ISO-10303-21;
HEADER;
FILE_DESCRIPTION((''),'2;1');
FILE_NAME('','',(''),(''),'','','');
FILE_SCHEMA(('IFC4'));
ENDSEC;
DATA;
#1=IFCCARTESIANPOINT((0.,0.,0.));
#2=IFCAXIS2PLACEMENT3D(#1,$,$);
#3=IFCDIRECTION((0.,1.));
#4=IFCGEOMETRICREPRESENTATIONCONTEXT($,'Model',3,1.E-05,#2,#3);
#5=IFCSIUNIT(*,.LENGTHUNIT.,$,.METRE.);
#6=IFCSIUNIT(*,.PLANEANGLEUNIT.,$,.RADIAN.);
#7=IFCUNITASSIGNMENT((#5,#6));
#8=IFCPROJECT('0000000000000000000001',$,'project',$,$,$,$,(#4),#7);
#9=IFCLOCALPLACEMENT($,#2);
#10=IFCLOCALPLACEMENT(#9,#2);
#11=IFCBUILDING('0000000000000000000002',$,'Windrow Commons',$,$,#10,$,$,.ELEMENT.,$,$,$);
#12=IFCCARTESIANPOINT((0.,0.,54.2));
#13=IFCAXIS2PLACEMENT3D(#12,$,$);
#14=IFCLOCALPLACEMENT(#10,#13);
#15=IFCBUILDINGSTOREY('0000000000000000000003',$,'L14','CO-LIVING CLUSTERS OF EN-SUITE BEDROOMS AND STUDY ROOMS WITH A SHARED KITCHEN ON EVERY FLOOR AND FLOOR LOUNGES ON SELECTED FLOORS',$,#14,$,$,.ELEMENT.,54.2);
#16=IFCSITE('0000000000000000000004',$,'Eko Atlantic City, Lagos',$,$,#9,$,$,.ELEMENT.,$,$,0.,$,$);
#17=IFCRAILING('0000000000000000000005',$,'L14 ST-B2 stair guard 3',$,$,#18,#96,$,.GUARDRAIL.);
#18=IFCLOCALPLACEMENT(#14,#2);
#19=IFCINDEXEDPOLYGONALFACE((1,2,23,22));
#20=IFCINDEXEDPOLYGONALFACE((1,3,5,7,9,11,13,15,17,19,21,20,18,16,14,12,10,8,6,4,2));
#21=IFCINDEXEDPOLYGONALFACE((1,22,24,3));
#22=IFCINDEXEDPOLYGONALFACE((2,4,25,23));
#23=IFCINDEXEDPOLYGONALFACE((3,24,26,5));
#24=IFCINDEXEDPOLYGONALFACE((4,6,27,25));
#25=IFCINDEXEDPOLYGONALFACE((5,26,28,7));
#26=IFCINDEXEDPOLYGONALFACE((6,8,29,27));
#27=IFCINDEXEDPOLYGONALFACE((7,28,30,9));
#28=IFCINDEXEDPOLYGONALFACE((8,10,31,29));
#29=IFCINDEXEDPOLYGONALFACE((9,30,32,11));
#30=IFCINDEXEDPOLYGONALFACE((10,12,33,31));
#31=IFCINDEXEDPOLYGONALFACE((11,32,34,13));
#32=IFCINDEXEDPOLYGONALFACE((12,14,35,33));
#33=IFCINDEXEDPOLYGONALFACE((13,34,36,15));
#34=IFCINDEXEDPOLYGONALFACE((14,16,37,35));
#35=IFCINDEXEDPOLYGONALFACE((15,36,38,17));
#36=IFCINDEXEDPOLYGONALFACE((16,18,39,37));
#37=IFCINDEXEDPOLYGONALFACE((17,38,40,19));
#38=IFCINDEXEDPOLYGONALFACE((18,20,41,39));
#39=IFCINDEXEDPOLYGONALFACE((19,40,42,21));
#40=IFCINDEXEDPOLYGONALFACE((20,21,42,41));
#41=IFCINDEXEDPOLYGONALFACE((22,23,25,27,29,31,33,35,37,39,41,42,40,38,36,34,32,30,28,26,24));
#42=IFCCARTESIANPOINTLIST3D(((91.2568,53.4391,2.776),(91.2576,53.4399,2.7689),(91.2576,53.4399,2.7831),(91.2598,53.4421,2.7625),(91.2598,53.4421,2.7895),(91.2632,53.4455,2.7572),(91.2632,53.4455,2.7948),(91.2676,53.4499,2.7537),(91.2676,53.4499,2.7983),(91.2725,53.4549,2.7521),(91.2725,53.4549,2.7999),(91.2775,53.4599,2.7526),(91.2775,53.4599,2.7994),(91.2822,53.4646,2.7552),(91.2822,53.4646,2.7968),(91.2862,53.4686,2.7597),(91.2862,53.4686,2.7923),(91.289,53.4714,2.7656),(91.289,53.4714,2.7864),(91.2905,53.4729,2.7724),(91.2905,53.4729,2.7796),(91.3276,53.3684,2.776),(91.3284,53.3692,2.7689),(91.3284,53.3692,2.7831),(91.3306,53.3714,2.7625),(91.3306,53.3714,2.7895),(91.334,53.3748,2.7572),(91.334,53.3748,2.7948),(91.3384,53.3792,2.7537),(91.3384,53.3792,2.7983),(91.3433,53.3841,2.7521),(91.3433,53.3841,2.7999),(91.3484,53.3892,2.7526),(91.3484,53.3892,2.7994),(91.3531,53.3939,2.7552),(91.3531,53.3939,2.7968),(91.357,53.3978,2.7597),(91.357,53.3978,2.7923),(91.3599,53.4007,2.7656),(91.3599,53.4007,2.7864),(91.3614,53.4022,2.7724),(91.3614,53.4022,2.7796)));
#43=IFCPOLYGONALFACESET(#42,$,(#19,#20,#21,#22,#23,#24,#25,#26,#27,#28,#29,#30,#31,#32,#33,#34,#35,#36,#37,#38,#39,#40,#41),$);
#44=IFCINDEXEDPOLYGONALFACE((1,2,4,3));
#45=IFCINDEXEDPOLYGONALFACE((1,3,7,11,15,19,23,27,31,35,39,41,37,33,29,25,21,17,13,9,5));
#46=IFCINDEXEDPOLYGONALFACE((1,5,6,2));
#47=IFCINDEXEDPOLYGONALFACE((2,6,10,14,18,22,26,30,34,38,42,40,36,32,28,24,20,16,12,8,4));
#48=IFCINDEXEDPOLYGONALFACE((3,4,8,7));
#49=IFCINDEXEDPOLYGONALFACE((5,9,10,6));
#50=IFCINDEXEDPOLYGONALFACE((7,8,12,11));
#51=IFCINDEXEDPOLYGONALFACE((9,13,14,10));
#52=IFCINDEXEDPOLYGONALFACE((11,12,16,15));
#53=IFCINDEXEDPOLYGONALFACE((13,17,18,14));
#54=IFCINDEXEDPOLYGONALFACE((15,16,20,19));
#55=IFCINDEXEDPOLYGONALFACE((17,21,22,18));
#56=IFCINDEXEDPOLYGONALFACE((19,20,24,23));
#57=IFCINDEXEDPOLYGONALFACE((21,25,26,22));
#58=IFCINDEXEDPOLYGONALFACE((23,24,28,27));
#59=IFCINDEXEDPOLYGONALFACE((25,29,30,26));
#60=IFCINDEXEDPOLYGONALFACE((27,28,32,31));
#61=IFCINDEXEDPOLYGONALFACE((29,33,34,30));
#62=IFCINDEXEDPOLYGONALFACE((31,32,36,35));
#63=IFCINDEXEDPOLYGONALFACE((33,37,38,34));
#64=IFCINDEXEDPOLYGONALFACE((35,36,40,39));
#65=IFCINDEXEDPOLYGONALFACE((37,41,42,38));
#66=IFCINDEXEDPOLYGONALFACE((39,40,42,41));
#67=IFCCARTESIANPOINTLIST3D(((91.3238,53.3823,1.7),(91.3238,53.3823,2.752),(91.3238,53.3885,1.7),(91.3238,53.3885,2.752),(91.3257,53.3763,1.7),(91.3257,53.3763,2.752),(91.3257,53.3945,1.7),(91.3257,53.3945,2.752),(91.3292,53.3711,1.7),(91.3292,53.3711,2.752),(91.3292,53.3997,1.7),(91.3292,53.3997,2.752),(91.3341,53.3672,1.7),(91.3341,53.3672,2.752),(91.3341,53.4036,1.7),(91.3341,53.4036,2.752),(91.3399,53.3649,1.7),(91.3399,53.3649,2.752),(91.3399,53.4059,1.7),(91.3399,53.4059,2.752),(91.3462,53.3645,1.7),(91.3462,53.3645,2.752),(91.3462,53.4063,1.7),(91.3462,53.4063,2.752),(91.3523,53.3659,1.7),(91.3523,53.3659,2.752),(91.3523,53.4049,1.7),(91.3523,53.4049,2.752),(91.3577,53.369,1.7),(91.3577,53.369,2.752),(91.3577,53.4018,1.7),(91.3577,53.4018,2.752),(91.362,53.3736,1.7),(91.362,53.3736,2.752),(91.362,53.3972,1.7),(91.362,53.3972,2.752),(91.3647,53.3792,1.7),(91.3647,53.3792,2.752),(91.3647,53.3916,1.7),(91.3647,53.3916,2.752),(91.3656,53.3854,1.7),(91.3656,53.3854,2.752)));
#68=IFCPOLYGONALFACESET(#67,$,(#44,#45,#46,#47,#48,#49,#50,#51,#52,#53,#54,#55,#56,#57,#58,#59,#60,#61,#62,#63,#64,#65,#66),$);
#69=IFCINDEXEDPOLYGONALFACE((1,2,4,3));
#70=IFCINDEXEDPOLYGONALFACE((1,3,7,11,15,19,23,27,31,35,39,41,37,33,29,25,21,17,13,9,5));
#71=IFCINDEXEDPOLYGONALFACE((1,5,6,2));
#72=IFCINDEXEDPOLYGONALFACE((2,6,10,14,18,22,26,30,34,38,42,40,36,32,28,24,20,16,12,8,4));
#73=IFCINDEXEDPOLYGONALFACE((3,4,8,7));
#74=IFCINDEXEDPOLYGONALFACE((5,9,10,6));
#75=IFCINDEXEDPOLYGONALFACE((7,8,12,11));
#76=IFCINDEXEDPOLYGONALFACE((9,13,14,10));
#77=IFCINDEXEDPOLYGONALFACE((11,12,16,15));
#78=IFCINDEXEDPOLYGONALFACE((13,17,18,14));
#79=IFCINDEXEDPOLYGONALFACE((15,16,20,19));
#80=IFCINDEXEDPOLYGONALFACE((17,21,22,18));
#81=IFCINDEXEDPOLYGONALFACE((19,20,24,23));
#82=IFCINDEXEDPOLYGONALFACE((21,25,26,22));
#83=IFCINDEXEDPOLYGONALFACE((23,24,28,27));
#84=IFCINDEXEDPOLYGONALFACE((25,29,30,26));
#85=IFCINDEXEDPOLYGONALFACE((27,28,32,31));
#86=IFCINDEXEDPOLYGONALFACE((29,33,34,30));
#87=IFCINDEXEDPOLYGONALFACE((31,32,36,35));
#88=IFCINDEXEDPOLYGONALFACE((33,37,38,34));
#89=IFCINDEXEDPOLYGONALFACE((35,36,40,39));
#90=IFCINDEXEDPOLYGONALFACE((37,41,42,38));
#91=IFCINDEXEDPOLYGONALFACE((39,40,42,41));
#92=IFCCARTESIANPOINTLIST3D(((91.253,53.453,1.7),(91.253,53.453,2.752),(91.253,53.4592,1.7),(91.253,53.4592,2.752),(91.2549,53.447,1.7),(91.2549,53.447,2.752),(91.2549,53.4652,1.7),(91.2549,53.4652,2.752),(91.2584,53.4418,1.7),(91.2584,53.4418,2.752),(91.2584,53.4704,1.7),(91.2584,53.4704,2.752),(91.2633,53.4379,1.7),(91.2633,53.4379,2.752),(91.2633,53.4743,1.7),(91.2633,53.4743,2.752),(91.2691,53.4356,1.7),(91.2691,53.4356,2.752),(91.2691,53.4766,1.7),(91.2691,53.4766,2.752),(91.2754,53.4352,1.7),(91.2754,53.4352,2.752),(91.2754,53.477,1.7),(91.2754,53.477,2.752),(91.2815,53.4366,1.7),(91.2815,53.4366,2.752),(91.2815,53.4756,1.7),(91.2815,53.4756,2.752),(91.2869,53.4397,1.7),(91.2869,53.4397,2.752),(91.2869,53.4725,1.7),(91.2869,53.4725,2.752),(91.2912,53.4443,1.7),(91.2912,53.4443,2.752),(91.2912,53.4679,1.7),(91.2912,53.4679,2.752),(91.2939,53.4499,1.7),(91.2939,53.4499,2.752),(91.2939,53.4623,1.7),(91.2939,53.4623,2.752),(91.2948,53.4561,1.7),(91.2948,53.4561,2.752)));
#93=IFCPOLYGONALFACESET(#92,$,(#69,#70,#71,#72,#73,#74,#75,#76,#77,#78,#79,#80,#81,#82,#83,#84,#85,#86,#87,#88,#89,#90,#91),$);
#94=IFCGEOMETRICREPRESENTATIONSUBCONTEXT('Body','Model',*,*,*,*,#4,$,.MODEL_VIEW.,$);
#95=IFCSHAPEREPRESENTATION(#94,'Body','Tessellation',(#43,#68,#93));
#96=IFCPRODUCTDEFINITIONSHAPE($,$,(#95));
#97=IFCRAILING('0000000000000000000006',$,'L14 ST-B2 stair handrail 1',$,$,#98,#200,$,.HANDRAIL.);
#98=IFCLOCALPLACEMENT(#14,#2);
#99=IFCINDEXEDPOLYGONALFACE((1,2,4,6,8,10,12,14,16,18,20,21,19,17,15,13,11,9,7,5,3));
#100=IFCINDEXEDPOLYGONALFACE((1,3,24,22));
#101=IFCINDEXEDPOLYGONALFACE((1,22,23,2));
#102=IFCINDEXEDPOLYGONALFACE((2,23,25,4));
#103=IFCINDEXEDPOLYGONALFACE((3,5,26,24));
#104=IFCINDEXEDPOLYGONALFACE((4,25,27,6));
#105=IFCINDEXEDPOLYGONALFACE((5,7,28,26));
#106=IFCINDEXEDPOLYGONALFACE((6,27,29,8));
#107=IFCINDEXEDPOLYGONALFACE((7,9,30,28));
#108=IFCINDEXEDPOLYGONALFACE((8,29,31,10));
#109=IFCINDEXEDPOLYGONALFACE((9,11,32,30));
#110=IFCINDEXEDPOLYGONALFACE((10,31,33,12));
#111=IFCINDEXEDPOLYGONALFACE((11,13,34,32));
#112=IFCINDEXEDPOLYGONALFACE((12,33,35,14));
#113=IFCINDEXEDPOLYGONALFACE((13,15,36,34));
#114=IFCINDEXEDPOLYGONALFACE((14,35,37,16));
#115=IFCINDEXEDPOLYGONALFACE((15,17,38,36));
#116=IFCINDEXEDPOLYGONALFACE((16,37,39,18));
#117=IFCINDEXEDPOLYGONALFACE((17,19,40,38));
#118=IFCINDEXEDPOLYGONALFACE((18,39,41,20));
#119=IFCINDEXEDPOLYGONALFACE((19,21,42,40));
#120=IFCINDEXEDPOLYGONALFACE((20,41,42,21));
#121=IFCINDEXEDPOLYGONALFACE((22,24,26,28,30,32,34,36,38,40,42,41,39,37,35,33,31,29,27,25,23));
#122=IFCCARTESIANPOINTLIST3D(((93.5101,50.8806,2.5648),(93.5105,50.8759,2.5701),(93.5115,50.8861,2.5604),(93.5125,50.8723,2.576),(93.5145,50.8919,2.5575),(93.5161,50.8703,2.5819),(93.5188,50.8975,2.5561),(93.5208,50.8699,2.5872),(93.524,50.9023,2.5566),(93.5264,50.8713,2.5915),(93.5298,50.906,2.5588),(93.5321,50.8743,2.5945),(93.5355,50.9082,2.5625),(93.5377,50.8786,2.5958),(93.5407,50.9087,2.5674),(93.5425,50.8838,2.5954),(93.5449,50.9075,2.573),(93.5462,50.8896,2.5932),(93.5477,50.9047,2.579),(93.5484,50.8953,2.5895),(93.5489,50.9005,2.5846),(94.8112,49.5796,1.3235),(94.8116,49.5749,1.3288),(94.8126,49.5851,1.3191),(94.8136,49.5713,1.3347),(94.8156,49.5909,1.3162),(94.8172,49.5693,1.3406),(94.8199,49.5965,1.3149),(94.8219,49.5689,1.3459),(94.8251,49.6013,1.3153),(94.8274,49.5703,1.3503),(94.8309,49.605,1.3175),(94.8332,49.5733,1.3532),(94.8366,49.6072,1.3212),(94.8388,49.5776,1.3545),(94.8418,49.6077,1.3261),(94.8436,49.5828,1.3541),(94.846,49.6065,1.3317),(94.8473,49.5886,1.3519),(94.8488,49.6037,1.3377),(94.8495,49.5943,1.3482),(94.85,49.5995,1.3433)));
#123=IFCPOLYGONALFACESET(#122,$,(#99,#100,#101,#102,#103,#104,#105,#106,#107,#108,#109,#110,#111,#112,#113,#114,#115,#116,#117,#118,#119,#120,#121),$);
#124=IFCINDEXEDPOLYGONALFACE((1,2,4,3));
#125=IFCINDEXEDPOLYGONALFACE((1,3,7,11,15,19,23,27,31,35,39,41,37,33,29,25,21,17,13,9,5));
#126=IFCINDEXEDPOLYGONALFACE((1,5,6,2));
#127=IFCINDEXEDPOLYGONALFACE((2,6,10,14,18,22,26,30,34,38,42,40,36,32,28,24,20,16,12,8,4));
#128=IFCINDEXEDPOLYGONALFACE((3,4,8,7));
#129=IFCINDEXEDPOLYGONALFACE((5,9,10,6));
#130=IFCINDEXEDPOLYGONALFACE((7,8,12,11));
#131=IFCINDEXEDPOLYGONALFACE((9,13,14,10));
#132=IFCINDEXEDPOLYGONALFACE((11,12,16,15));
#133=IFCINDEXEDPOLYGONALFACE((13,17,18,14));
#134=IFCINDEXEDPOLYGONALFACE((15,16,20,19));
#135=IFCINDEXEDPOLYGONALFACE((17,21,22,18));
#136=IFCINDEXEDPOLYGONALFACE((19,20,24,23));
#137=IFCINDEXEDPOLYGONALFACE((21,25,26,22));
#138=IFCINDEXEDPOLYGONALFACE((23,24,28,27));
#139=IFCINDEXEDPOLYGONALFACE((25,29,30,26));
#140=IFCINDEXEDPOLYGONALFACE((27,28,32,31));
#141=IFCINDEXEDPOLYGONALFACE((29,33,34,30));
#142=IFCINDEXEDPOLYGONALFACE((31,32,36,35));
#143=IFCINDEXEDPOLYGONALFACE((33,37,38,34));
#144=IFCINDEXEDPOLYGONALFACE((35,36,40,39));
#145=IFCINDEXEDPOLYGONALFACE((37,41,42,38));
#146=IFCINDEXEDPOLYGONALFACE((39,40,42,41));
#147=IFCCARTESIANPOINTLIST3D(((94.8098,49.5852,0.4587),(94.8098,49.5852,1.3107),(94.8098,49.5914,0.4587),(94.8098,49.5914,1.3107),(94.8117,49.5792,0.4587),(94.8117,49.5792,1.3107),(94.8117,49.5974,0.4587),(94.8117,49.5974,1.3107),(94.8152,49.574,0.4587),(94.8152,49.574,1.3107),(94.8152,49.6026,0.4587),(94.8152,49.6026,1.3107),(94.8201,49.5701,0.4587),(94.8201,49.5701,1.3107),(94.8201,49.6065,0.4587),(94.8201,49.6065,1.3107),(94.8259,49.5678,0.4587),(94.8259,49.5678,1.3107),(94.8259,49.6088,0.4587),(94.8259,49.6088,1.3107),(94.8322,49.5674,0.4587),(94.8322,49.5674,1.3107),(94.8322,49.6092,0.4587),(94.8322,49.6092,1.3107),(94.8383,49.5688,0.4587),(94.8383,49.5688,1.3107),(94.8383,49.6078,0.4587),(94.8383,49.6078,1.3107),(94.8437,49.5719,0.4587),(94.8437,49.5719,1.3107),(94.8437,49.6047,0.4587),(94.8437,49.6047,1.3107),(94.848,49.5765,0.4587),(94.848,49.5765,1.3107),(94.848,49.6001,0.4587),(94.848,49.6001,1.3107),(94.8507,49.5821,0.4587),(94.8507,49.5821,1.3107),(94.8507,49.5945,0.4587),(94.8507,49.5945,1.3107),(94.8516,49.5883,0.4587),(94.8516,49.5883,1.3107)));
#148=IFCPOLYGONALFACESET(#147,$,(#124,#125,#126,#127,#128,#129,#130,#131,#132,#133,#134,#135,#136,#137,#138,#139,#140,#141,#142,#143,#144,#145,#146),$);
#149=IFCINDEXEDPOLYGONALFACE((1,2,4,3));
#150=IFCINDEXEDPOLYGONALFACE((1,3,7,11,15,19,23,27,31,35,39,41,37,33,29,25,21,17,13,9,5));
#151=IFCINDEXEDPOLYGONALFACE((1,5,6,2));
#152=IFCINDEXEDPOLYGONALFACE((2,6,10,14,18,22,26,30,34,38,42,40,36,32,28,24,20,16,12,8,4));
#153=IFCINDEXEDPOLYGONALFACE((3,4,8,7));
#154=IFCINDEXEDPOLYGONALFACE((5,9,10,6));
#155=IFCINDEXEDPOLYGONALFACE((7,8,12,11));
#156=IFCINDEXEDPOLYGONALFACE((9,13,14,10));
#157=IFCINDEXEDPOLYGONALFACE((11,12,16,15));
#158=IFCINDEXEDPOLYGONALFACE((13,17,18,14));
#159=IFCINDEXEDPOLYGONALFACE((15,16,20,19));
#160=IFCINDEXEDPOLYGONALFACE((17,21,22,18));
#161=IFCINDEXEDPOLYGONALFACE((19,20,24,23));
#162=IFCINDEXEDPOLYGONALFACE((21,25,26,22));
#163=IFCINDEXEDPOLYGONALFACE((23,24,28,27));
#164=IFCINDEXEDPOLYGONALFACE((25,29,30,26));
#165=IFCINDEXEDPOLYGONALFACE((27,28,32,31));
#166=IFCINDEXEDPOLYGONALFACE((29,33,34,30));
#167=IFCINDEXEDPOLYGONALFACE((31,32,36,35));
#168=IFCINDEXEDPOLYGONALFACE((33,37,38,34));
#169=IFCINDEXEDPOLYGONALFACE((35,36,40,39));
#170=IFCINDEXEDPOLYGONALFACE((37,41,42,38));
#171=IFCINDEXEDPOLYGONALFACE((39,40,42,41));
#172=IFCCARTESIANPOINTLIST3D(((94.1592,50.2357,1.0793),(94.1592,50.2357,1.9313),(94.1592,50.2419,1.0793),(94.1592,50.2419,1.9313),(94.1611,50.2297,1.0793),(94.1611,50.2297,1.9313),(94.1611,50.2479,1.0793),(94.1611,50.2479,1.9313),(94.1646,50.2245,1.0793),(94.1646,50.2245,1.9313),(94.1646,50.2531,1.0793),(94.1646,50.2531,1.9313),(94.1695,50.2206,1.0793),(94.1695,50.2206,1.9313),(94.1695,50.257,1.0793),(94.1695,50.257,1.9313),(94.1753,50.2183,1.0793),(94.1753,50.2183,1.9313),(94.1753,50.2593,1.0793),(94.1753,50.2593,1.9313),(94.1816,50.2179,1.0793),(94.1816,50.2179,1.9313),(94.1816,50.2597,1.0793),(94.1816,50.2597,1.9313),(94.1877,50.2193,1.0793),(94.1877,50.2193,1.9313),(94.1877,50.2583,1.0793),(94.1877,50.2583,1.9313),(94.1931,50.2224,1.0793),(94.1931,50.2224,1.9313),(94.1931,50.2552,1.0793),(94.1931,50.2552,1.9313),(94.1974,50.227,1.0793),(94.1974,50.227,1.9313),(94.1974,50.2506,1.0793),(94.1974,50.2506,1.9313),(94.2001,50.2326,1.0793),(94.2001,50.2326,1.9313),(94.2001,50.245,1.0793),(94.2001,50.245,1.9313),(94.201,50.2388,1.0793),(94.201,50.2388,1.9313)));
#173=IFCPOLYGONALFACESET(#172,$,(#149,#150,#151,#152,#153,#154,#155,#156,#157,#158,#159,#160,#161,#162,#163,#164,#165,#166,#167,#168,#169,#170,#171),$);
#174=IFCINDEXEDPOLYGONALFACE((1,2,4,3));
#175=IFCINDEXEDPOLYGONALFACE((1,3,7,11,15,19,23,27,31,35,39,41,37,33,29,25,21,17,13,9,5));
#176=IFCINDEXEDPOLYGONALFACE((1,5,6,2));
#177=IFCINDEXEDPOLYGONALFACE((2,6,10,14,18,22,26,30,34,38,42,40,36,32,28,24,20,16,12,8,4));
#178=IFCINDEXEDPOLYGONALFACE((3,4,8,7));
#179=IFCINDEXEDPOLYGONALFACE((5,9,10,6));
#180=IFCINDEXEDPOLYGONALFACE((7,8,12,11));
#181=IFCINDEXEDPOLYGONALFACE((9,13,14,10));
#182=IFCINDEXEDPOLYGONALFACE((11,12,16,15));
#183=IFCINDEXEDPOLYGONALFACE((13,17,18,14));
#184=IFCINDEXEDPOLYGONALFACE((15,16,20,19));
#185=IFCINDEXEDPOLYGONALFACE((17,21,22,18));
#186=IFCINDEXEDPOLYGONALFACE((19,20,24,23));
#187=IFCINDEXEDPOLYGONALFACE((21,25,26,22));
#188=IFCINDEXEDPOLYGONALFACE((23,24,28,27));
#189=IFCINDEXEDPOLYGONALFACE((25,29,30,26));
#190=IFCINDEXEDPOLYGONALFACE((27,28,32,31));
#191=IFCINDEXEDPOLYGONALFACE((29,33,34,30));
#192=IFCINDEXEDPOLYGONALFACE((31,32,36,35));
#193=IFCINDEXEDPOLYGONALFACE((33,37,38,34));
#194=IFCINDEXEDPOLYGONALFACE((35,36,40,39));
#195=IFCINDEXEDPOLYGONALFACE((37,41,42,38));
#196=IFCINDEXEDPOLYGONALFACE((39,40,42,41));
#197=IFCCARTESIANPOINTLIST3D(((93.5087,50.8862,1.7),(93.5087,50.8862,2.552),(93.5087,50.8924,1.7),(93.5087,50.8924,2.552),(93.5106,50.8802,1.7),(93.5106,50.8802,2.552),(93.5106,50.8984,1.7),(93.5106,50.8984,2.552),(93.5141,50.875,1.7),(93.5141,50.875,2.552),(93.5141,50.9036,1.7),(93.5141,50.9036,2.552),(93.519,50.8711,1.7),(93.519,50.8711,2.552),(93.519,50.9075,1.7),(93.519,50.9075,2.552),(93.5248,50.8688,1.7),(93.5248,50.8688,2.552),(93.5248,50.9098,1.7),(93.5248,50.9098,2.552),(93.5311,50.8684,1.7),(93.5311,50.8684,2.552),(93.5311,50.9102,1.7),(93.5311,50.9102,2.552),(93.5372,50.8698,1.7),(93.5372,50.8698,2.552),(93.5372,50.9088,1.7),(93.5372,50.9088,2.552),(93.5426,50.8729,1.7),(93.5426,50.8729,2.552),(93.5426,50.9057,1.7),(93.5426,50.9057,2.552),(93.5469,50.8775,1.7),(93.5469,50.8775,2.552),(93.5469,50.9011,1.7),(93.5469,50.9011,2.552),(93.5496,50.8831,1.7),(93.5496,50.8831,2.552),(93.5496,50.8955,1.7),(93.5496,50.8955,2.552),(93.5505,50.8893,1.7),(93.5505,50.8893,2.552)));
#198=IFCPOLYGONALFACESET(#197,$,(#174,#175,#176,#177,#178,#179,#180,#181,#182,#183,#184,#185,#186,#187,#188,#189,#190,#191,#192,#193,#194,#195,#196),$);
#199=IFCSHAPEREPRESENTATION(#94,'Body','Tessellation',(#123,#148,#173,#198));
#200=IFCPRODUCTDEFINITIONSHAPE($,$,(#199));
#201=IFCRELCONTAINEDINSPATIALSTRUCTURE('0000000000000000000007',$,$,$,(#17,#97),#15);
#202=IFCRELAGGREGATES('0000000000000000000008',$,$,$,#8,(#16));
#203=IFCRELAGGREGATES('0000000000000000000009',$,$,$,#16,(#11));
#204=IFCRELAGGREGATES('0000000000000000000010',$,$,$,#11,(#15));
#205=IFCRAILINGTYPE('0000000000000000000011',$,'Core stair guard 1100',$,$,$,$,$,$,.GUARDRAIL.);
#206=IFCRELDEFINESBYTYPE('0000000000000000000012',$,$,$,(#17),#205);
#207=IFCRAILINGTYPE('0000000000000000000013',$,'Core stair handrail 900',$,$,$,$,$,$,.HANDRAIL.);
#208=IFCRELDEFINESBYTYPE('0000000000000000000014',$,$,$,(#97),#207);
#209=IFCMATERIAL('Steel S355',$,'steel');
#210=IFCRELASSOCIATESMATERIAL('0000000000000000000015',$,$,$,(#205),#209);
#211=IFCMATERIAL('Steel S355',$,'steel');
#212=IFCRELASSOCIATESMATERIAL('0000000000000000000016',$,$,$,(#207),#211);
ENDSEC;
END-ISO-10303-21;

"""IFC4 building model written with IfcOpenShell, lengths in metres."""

from ifc_helpers import new_model, si_unit, direction, frame, origin, origin_2d, place, context, subcontext, project, spatial, circle, extrude, material, type_object, element, save


model = new_model("IFC4")

# Units and contexts
model_context = context("Model", 3, precision=1e-05, world=origin(), true_north=direction((0.0, 1.0)))
body_context = subcontext(model_context, "Body", "Model", "MODEL_VIEW")
ifc_project = project(units=[si_unit("LENGTHUNIT", "METRE"), si_unit("PLANEANGLEUNIT", "RADIAN")], contexts=[model_context])

# Site, building, storey
site_placement = place(None, origin())
site = spatial("IfcSite", under=ifc_project, at=site_placement, Name="Eko Atlantic City, Lagos", CompositionType="ELEMENT", RefElevation=0.0)
building_placement = place(site_placement, origin())
building = spatial("IfcBuilding", under=site, at=building_placement, Name="Windrow Commons", CompositionType="ELEMENT")
storey_placement = place(building_placement, frame((0.0, 0.0, 54.2)))
storey = spatial("IfcBuildingStorey", under=building, at=storey_placement, Name="L14", Description="CO-LIVING CLUSTERS OF EN-SUITE BEDROOMS AND STUDY ROOMS WITH A SHARED KITCHEN ON EVERY FLOOR AND FLOOR LOUNGES ON SELECTED FLOORS", CompositionType="ELEMENT", Elevation=54.2)

# Railings
ifc_material_1 = material(Name="Steel S355", Category="steel")
railing_type_1 = type_object("IfcRailingType", Name="Core stair guard 1100", PredefinedType="GUARDRAIL", material=ifc_material_1)
railing_1_placement = place(storey_placement, frame((91.3446, 53.3854, 1.7)))
element("IfcRailing", 1, at=railing_1_placement, inside=storey, type_object=railing_type_1, Name="L14 ST-B2 stair guard 3", PredefinedType="GUARDRAIL", context=body_context, shape_type="SweptSolid", body=[
    extrude(circle(Radius=0.024, at=origin_2d()), frame((0.0, 0.0, 1.076), z_axis=(-0.707606, 0.706607, 0.0), x_axis=(-0.706607, -0.707606, 0.0)), (0.0, 0.0, 1.0), 0.1001),
    extrude(circle(Radius=0.021, at=origin_2d()), origin(), (0.0, 0.0, 1.0), 1.052),
    extrude(circle(Radius=0.021, at=origin_2d()), frame((-0.0708, 0.0707, 0.0)), (0.0, 0.0, 1.0), 1.052),
])
ifc_material_2 = material(Name="Steel S355", Category="steel")
railing_type_2 = type_object("IfcRailingType", Name="Core stair handrail 900", PredefinedType="HANDRAIL", material=ifc_material_2)
railing_2_placement = place(storey_placement, frame((94.8306, 49.5883, 0.4587)))
element("IfcRailing", 2, at=railing_2_placement, inside=storey, type_object=railing_type_2, Name="L14 ST-B2 stair handrail 1", PredefinedType="HANDRAIL", context=body_context, shape_type="SweptSolid", body=[
    extrude(circle(Radius=0.024, at=origin_2d()), frame((0.0, 0.0, 0.876), z_axis=(-0.586207, 0.586162, 0.559264), x_axis=(-0.70708, -0.707134, 0.0)), (0.0, 0.0, 1.0), 2.2195),
    extrude(circle(Radius=0.021, at=origin_2d()), origin(), (0.0, 0.0, 1.0), 0.852),
    extrude(circle(Radius=0.021, at=origin_2d()), frame((-0.6506, 0.6505, 0.6206)), (0.0, 0.0, 1.0), 0.852),
    extrude(circle(Radius=0.021, at=origin_2d()), frame((-1.3011, 1.301, 1.2413)), (0.0, 0.0, 1.0), 0.852),
])

save(model, "model.ifc")
